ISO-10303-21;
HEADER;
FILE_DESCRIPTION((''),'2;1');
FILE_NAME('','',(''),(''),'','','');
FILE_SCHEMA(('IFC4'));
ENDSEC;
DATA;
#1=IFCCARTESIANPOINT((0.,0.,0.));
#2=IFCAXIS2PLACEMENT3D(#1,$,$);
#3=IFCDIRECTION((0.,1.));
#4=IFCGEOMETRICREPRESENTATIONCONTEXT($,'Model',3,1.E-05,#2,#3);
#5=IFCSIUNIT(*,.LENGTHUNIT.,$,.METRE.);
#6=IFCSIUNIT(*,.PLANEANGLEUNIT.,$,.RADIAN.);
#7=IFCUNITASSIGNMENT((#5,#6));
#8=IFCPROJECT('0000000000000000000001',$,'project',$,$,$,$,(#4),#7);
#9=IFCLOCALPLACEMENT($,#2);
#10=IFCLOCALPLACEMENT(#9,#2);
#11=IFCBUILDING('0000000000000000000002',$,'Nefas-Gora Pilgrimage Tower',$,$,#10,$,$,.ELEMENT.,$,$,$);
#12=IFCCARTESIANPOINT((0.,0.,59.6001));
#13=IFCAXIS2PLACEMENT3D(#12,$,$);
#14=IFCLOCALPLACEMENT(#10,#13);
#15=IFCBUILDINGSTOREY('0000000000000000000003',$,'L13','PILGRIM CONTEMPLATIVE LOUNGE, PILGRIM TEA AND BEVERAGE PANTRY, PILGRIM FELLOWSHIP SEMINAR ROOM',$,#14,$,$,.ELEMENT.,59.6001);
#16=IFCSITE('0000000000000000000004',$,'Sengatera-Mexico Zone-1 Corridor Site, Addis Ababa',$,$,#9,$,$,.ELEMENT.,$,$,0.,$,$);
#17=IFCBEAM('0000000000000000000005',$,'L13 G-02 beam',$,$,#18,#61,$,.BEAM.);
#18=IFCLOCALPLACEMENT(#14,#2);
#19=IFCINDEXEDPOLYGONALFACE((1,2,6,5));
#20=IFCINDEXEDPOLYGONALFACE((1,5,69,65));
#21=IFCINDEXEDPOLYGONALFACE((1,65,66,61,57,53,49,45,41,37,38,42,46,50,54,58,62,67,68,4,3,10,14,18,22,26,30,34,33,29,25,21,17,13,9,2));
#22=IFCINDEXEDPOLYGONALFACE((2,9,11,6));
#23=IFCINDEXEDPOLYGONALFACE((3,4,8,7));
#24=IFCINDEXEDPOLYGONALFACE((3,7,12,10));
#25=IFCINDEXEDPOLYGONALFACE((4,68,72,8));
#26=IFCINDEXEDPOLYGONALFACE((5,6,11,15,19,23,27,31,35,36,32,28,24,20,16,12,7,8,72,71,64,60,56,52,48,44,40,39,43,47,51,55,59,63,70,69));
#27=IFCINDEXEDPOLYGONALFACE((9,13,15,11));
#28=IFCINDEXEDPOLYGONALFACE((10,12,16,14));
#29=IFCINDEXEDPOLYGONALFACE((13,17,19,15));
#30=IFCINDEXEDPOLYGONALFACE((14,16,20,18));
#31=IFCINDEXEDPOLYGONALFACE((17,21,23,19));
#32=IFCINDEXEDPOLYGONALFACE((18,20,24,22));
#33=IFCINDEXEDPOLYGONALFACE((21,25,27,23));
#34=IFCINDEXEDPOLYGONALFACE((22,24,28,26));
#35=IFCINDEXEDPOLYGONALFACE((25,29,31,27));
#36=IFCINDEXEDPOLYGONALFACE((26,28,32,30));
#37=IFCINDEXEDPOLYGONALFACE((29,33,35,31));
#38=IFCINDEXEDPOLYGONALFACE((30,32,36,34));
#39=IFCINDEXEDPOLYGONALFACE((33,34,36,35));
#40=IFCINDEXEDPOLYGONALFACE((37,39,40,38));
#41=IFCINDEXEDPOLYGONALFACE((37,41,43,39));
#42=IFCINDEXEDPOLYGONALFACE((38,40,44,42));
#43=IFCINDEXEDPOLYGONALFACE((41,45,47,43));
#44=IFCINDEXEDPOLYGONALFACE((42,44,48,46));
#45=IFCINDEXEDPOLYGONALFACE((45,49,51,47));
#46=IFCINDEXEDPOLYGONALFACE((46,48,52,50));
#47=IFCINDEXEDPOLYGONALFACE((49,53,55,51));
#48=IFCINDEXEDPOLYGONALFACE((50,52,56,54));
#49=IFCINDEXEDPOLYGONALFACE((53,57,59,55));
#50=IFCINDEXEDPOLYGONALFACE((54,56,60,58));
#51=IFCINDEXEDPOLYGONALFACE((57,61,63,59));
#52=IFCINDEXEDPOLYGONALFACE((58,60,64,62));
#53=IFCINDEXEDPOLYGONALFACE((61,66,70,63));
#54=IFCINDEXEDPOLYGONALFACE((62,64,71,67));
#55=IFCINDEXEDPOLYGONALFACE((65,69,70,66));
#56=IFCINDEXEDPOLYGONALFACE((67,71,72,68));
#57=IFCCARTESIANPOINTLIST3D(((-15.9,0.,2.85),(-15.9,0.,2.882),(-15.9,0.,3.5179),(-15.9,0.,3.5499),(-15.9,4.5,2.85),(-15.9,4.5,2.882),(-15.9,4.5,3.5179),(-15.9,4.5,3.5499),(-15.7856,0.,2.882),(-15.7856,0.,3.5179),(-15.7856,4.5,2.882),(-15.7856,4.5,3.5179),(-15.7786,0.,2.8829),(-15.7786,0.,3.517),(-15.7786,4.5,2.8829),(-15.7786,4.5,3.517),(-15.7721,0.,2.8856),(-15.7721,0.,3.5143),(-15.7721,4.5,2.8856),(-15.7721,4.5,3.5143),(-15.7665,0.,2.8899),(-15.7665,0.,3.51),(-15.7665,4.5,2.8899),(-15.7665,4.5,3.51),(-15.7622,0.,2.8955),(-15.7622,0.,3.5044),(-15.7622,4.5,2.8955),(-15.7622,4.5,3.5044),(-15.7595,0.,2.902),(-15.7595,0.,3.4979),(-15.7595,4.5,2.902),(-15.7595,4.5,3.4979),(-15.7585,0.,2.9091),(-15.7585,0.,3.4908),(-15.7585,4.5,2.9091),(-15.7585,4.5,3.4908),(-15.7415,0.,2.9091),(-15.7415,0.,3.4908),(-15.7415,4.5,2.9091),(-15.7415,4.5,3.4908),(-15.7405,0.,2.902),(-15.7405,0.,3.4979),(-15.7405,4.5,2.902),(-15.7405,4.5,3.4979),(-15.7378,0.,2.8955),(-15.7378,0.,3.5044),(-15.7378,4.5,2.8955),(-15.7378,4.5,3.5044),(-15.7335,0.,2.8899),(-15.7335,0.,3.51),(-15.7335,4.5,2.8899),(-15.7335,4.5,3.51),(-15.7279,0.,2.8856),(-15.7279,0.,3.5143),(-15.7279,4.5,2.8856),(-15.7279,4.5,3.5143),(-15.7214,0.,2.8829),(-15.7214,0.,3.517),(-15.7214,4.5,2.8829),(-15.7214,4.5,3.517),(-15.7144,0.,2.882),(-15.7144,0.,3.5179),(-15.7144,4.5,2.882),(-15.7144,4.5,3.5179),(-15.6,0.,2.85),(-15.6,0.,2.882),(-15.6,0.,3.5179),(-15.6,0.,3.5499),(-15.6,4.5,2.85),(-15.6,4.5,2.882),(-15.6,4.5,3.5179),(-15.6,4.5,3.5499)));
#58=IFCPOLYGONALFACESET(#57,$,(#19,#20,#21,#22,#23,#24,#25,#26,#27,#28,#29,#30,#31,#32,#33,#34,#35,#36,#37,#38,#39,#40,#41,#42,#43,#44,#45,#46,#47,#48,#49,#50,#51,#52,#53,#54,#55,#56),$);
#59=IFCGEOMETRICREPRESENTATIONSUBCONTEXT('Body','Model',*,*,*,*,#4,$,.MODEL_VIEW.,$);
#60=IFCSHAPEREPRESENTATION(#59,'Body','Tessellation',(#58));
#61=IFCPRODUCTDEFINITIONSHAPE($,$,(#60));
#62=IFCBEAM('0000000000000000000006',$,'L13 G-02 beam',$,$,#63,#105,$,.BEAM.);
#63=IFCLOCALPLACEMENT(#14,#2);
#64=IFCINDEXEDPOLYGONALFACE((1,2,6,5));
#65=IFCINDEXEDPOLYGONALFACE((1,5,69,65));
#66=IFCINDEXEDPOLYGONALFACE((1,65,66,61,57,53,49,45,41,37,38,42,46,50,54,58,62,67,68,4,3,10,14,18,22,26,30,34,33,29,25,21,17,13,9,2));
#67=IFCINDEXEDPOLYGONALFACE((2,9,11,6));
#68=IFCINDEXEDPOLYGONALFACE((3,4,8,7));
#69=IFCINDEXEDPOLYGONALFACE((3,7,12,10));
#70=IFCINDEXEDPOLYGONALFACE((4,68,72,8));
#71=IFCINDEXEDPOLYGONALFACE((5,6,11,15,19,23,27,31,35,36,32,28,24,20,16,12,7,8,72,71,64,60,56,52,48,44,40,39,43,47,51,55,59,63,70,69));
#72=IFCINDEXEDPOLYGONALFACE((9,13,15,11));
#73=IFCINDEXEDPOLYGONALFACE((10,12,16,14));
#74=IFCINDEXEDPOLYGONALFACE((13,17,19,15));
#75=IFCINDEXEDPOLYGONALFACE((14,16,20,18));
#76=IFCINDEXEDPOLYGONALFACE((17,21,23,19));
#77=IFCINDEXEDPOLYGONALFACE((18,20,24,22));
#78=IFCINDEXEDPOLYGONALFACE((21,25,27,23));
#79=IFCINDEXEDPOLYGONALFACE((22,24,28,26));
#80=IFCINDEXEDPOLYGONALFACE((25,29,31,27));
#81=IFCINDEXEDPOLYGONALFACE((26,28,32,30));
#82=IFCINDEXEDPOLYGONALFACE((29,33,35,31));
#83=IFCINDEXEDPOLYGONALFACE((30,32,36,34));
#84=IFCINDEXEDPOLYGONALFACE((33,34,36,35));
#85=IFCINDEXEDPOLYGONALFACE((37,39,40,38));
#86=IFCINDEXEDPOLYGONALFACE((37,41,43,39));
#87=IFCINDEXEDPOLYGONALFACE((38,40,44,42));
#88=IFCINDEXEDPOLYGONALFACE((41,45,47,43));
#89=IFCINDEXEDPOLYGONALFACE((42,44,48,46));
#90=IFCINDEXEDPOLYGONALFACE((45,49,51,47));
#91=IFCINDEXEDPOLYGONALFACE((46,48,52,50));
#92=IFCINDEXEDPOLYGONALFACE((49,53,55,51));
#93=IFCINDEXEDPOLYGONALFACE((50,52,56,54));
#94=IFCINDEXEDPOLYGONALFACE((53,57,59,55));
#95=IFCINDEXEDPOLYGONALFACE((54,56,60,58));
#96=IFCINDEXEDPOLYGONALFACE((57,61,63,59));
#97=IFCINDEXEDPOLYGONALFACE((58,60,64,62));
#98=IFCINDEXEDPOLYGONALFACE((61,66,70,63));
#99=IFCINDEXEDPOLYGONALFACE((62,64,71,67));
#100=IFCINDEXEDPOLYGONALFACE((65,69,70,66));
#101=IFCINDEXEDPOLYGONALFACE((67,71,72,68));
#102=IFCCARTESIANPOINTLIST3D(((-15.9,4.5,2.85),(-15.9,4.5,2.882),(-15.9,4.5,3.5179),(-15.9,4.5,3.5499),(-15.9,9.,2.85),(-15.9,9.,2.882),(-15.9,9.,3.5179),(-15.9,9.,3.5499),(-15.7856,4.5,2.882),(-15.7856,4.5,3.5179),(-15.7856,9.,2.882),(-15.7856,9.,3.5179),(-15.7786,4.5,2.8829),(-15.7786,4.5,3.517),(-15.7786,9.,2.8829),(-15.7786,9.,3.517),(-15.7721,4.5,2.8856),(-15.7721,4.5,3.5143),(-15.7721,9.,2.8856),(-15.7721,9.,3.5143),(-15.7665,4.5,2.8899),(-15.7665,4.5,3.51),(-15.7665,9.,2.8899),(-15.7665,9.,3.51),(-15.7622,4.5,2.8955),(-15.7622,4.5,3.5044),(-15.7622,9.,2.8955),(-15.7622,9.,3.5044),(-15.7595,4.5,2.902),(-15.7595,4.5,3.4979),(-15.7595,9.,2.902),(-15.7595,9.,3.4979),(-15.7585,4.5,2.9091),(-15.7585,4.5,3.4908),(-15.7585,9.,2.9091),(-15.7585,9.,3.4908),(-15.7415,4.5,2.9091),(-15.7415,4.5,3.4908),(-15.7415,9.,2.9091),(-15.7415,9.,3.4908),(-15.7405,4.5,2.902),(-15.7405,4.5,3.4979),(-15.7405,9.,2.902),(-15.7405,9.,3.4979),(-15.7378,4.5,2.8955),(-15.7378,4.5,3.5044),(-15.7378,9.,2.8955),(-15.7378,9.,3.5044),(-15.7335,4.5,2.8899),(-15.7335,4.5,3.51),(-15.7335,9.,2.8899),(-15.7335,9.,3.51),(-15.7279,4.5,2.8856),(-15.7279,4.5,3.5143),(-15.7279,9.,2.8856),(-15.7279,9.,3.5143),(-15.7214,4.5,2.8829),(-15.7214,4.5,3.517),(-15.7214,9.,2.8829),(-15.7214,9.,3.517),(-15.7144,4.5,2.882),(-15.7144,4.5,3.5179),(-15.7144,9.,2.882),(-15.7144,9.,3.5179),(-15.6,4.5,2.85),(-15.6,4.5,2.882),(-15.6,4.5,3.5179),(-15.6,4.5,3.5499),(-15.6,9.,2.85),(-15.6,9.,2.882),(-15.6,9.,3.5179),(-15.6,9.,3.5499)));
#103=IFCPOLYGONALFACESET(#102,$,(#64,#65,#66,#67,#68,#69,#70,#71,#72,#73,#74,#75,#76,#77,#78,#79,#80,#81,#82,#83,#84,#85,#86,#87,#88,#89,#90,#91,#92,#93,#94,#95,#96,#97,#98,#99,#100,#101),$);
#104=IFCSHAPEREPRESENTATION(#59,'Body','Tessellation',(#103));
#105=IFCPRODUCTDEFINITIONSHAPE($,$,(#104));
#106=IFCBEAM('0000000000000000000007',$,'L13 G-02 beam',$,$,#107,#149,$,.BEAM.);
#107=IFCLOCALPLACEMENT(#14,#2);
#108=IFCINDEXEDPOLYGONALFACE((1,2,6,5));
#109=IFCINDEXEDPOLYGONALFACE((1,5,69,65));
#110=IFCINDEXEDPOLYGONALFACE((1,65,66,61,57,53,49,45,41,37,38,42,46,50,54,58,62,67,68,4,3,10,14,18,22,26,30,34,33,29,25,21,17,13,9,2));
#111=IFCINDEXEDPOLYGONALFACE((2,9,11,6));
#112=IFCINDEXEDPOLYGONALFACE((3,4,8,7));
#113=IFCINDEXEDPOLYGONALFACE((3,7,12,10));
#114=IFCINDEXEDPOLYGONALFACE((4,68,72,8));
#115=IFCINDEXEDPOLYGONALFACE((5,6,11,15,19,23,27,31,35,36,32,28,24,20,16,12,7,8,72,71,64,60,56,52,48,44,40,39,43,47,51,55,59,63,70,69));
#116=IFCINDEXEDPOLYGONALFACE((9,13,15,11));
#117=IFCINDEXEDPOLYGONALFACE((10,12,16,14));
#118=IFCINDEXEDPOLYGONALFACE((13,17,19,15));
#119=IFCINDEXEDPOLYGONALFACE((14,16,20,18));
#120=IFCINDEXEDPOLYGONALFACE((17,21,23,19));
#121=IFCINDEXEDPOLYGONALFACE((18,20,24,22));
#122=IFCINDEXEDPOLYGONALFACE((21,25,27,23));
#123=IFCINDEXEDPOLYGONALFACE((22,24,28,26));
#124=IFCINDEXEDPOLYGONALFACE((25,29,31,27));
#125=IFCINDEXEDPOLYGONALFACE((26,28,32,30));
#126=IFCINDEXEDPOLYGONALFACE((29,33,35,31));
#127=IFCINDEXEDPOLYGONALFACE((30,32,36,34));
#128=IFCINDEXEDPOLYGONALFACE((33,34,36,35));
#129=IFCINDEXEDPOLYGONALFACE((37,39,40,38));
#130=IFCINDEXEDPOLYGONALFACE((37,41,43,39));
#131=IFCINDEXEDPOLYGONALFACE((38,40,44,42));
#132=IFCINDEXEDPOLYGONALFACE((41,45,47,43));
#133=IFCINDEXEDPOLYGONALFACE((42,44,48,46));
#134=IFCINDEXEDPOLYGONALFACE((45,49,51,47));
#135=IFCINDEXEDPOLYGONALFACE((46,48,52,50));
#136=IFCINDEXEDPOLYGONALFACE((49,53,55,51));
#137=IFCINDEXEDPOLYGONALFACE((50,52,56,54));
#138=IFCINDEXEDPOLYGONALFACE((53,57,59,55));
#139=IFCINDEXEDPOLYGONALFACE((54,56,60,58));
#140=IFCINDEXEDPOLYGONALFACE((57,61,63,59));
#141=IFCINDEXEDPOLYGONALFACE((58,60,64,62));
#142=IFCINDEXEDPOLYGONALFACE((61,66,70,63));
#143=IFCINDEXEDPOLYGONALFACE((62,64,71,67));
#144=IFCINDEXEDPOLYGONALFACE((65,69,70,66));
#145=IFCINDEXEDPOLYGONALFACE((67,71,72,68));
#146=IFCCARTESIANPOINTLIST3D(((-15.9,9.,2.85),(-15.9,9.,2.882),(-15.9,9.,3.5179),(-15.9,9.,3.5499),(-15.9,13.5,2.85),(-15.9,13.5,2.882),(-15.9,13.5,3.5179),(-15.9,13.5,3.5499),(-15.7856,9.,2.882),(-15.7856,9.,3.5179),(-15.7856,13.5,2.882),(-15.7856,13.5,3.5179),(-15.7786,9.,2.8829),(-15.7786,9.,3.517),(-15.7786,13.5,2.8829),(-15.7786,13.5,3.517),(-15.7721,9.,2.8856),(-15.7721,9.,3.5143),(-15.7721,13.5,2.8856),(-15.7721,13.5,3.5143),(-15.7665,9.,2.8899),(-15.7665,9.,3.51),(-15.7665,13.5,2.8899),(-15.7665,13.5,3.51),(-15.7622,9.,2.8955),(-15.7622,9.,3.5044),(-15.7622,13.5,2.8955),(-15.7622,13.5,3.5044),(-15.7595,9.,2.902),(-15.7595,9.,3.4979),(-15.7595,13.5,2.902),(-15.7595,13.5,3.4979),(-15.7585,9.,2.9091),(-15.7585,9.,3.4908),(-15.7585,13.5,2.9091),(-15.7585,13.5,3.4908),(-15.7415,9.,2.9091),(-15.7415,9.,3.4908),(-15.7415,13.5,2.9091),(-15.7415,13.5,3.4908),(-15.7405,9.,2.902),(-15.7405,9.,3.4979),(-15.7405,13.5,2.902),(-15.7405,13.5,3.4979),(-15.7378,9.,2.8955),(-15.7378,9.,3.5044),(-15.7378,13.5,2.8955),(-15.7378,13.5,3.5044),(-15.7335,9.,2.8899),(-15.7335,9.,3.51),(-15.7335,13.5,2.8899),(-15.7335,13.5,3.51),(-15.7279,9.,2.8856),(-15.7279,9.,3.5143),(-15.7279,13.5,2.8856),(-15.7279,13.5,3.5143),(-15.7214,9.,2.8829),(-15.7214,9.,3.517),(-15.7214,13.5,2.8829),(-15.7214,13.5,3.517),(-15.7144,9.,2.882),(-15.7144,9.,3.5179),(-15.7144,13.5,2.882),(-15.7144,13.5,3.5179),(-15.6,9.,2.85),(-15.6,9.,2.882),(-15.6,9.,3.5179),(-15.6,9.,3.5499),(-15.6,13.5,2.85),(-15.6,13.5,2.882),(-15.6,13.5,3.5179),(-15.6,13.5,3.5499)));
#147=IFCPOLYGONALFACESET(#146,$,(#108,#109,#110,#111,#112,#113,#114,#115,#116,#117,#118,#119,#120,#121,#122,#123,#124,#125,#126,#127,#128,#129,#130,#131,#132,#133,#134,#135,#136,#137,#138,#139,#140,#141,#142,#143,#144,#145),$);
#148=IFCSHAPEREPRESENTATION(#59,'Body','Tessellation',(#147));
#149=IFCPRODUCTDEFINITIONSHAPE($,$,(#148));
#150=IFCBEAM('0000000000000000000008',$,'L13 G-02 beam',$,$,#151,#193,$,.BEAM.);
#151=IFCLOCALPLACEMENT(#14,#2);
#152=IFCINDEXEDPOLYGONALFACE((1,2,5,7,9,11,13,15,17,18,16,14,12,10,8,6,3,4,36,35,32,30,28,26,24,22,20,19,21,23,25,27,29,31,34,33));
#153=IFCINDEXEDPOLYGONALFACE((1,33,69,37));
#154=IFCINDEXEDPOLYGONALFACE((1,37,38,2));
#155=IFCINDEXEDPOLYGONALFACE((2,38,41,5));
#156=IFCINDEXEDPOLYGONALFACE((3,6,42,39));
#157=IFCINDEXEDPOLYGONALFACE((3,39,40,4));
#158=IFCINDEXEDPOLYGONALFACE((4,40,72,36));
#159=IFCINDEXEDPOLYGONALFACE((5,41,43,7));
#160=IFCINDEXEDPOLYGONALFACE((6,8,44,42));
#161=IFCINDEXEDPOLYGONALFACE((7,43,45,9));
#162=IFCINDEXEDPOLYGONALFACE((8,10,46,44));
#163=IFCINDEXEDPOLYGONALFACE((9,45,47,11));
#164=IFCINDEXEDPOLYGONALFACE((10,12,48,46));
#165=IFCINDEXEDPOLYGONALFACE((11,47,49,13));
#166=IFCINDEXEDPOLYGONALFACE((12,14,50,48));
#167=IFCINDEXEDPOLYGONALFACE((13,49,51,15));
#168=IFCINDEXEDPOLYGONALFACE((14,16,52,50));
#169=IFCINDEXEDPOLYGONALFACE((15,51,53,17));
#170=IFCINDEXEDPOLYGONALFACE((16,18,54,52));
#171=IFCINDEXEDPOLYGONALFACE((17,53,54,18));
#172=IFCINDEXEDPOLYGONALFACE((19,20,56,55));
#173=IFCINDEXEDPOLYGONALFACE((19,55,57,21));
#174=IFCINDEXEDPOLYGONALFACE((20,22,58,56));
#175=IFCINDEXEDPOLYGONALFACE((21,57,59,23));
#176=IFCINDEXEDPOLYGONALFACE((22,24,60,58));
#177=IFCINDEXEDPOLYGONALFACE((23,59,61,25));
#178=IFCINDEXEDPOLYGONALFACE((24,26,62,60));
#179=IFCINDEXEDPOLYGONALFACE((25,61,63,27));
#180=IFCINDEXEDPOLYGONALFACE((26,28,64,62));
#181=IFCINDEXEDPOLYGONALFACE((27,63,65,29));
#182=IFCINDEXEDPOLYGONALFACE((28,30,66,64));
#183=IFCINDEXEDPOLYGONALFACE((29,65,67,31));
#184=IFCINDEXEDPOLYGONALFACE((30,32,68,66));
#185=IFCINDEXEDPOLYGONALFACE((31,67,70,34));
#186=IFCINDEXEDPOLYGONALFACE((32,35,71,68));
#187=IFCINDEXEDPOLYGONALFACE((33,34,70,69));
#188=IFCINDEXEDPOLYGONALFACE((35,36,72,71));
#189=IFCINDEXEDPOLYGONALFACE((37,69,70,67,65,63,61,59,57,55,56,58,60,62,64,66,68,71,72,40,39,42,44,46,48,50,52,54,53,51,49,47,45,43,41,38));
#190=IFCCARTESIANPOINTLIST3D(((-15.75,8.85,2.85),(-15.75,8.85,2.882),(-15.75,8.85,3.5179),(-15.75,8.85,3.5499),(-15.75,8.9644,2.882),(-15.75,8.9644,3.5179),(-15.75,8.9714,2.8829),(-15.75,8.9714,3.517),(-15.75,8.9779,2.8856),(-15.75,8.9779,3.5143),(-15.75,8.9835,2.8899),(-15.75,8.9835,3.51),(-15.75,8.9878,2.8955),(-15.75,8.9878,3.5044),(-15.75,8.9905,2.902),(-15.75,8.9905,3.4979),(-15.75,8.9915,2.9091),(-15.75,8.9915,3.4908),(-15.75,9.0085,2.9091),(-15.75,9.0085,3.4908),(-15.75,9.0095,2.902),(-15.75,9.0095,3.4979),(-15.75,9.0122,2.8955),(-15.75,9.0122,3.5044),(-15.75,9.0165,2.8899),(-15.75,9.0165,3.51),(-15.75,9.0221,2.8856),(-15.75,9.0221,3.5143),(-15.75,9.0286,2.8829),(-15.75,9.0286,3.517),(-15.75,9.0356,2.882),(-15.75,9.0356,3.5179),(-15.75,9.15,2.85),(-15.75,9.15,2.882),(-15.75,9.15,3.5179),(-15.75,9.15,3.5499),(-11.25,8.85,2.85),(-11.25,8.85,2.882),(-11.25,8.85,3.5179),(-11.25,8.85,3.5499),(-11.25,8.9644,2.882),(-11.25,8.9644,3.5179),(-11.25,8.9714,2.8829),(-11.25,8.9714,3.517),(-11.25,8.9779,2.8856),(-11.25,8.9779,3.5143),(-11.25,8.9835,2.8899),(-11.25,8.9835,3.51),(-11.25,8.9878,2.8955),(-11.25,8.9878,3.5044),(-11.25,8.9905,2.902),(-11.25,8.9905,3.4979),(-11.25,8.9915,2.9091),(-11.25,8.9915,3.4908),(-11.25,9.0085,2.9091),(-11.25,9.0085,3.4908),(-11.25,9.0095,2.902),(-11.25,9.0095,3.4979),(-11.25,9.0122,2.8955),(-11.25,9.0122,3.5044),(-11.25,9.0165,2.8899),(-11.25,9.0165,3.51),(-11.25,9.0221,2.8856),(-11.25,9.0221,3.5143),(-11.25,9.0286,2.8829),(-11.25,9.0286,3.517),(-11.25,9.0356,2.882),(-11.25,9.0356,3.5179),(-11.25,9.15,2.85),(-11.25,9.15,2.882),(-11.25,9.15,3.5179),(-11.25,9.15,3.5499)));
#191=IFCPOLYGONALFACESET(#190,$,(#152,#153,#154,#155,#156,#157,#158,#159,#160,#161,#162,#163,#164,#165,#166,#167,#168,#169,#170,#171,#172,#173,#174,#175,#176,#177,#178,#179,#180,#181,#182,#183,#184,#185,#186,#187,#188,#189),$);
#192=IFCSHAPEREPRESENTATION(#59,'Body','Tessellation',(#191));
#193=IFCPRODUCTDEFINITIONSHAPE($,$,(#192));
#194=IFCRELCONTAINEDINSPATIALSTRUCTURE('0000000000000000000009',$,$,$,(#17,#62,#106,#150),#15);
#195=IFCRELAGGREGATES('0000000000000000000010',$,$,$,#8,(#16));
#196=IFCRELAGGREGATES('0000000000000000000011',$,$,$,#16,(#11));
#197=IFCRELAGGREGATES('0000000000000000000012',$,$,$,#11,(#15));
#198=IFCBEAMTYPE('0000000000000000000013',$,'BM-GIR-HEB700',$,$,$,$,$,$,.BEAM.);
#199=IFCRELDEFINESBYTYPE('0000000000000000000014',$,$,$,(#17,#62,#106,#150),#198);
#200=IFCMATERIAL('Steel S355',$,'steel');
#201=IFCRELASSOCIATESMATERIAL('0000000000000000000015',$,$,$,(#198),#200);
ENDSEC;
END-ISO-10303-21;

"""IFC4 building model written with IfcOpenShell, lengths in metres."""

from ifc_helpers import new_model, si_unit, direction, frame, origin, origin_2d, place, context, subcontext, project, spatial, i_section, extrude, source, transform, mapped, material, material_profile, profile_set, type_object, element, save


model = new_model("IFC4")

# Units and contexts
model_context = context("Model", 3, precision=1e-05, world=origin(), true_north=direction((0.0, 1.0)))
body_context = subcontext(model_context, "Body", "Model", "MODEL_VIEW")
ifc_project = project(units=[si_unit("LENGTHUNIT", "METRE"), si_unit("PLANEANGLEUNIT", "RADIAN")], contexts=[model_context])

# Site, building, storey
site_placement = place(None, origin())
site = spatial("IfcSite", under=ifc_project, at=site_placement, Name="Sengatera-Mexico Zone-1 Corridor Site, Addis Ababa", CompositionType="ELEMENT", RefElevation=0.0)
building_placement = place(site_placement, origin())
building = spatial("IfcBuilding", under=site, at=building_placement, Name="Nefas-Gora Pilgrimage Tower", CompositionType="ELEMENT")
storey_placement = place(building_placement, frame((0.0, 0.0, 59.6001)))
storey = spatial("IfcBuildingStorey", under=building, at=storey_placement, Name="L13", Description="PILGRIM CONTEMPLATIVE LOUNGE, PILGRIM TEA AND BEVERAGE PANTRY, PILGRIM FELLOWSHIP SEMINAR ROOM", CompositionType="ELEMENT", Elevation=59.6001)

# Beams
ifc_material_1 = material(Name="Steel S355", Category="steel")
ifc_material_profile_1 = material_profile(ifc_material_1, i_section(OverallWidth=0.3, OverallDepth=0.7, WebThickness=0.0171, FlangeThickness=0.032, FilletRadius=0.0271, at=origin_2d()), Name="HEB 700")
ifc_profile_set_1 = profile_set([ifc_material_profile_1], Name="Steel S355")
beam_type_1 = type_object("IfcBeamType", Name="BM-GIR-HEB700", PredefinedType="BEAM", material=ifc_profile_set_1)
shared_shape_1 = source(origin(), body_context, "Body", "SweptSolid", [
    extrude(i_section(OverallWidth=0.3, OverallDepth=0.7, WebThickness=0.0171, FlangeThickness=0.032, FilletRadius=0.0271, at=origin_2d()), origin(), (0.0, 0.0, 1.0), 4.5),
])
for number, where, z_axis, x_axis, name in (
    (1, (-15.75, 0.0, 3.2), (0.0, 1.0, 0.0), (-1.0, 0.0, 0.0), "L13 G-02 beam"),
    (2, (-15.75, 4.5, 3.2), (0.0, 1.0, 0.0), (-1.0, 0.0, 0.0), "L13 G-02 beam"),
    (3, (-15.75, 9.0, 3.2), (0.0, 1.0, 0.0), (-1.0, 0.0, 0.0), "L13 G-02 beam"),
    (4, (-15.75, 9.0, 3.2), (1.0, 0.0, 0.0), (0.0, 1.0, 0.0), "L13 G-02 beam"),
):
    element("IfcBeam", number, at=place(storey_placement, frame(where, z_axis=z_axis, x_axis=x_axis)), inside=storey, type_object=beam_type_1, Name=name, PredefinedType="BEAM", context=body_context, shape_type="MappedRepresentation", body=[
        mapped(shared_shape_1, transform((0.0, 0.0, 0.0), x_axis=(1.0, 0.0, 0.0), y_axis=(0.0, 1.0, 0.0), z_axis=(0.0, 0.0, 1.0), scale=1.0)),
    ])

save(model, "model.ifc")
